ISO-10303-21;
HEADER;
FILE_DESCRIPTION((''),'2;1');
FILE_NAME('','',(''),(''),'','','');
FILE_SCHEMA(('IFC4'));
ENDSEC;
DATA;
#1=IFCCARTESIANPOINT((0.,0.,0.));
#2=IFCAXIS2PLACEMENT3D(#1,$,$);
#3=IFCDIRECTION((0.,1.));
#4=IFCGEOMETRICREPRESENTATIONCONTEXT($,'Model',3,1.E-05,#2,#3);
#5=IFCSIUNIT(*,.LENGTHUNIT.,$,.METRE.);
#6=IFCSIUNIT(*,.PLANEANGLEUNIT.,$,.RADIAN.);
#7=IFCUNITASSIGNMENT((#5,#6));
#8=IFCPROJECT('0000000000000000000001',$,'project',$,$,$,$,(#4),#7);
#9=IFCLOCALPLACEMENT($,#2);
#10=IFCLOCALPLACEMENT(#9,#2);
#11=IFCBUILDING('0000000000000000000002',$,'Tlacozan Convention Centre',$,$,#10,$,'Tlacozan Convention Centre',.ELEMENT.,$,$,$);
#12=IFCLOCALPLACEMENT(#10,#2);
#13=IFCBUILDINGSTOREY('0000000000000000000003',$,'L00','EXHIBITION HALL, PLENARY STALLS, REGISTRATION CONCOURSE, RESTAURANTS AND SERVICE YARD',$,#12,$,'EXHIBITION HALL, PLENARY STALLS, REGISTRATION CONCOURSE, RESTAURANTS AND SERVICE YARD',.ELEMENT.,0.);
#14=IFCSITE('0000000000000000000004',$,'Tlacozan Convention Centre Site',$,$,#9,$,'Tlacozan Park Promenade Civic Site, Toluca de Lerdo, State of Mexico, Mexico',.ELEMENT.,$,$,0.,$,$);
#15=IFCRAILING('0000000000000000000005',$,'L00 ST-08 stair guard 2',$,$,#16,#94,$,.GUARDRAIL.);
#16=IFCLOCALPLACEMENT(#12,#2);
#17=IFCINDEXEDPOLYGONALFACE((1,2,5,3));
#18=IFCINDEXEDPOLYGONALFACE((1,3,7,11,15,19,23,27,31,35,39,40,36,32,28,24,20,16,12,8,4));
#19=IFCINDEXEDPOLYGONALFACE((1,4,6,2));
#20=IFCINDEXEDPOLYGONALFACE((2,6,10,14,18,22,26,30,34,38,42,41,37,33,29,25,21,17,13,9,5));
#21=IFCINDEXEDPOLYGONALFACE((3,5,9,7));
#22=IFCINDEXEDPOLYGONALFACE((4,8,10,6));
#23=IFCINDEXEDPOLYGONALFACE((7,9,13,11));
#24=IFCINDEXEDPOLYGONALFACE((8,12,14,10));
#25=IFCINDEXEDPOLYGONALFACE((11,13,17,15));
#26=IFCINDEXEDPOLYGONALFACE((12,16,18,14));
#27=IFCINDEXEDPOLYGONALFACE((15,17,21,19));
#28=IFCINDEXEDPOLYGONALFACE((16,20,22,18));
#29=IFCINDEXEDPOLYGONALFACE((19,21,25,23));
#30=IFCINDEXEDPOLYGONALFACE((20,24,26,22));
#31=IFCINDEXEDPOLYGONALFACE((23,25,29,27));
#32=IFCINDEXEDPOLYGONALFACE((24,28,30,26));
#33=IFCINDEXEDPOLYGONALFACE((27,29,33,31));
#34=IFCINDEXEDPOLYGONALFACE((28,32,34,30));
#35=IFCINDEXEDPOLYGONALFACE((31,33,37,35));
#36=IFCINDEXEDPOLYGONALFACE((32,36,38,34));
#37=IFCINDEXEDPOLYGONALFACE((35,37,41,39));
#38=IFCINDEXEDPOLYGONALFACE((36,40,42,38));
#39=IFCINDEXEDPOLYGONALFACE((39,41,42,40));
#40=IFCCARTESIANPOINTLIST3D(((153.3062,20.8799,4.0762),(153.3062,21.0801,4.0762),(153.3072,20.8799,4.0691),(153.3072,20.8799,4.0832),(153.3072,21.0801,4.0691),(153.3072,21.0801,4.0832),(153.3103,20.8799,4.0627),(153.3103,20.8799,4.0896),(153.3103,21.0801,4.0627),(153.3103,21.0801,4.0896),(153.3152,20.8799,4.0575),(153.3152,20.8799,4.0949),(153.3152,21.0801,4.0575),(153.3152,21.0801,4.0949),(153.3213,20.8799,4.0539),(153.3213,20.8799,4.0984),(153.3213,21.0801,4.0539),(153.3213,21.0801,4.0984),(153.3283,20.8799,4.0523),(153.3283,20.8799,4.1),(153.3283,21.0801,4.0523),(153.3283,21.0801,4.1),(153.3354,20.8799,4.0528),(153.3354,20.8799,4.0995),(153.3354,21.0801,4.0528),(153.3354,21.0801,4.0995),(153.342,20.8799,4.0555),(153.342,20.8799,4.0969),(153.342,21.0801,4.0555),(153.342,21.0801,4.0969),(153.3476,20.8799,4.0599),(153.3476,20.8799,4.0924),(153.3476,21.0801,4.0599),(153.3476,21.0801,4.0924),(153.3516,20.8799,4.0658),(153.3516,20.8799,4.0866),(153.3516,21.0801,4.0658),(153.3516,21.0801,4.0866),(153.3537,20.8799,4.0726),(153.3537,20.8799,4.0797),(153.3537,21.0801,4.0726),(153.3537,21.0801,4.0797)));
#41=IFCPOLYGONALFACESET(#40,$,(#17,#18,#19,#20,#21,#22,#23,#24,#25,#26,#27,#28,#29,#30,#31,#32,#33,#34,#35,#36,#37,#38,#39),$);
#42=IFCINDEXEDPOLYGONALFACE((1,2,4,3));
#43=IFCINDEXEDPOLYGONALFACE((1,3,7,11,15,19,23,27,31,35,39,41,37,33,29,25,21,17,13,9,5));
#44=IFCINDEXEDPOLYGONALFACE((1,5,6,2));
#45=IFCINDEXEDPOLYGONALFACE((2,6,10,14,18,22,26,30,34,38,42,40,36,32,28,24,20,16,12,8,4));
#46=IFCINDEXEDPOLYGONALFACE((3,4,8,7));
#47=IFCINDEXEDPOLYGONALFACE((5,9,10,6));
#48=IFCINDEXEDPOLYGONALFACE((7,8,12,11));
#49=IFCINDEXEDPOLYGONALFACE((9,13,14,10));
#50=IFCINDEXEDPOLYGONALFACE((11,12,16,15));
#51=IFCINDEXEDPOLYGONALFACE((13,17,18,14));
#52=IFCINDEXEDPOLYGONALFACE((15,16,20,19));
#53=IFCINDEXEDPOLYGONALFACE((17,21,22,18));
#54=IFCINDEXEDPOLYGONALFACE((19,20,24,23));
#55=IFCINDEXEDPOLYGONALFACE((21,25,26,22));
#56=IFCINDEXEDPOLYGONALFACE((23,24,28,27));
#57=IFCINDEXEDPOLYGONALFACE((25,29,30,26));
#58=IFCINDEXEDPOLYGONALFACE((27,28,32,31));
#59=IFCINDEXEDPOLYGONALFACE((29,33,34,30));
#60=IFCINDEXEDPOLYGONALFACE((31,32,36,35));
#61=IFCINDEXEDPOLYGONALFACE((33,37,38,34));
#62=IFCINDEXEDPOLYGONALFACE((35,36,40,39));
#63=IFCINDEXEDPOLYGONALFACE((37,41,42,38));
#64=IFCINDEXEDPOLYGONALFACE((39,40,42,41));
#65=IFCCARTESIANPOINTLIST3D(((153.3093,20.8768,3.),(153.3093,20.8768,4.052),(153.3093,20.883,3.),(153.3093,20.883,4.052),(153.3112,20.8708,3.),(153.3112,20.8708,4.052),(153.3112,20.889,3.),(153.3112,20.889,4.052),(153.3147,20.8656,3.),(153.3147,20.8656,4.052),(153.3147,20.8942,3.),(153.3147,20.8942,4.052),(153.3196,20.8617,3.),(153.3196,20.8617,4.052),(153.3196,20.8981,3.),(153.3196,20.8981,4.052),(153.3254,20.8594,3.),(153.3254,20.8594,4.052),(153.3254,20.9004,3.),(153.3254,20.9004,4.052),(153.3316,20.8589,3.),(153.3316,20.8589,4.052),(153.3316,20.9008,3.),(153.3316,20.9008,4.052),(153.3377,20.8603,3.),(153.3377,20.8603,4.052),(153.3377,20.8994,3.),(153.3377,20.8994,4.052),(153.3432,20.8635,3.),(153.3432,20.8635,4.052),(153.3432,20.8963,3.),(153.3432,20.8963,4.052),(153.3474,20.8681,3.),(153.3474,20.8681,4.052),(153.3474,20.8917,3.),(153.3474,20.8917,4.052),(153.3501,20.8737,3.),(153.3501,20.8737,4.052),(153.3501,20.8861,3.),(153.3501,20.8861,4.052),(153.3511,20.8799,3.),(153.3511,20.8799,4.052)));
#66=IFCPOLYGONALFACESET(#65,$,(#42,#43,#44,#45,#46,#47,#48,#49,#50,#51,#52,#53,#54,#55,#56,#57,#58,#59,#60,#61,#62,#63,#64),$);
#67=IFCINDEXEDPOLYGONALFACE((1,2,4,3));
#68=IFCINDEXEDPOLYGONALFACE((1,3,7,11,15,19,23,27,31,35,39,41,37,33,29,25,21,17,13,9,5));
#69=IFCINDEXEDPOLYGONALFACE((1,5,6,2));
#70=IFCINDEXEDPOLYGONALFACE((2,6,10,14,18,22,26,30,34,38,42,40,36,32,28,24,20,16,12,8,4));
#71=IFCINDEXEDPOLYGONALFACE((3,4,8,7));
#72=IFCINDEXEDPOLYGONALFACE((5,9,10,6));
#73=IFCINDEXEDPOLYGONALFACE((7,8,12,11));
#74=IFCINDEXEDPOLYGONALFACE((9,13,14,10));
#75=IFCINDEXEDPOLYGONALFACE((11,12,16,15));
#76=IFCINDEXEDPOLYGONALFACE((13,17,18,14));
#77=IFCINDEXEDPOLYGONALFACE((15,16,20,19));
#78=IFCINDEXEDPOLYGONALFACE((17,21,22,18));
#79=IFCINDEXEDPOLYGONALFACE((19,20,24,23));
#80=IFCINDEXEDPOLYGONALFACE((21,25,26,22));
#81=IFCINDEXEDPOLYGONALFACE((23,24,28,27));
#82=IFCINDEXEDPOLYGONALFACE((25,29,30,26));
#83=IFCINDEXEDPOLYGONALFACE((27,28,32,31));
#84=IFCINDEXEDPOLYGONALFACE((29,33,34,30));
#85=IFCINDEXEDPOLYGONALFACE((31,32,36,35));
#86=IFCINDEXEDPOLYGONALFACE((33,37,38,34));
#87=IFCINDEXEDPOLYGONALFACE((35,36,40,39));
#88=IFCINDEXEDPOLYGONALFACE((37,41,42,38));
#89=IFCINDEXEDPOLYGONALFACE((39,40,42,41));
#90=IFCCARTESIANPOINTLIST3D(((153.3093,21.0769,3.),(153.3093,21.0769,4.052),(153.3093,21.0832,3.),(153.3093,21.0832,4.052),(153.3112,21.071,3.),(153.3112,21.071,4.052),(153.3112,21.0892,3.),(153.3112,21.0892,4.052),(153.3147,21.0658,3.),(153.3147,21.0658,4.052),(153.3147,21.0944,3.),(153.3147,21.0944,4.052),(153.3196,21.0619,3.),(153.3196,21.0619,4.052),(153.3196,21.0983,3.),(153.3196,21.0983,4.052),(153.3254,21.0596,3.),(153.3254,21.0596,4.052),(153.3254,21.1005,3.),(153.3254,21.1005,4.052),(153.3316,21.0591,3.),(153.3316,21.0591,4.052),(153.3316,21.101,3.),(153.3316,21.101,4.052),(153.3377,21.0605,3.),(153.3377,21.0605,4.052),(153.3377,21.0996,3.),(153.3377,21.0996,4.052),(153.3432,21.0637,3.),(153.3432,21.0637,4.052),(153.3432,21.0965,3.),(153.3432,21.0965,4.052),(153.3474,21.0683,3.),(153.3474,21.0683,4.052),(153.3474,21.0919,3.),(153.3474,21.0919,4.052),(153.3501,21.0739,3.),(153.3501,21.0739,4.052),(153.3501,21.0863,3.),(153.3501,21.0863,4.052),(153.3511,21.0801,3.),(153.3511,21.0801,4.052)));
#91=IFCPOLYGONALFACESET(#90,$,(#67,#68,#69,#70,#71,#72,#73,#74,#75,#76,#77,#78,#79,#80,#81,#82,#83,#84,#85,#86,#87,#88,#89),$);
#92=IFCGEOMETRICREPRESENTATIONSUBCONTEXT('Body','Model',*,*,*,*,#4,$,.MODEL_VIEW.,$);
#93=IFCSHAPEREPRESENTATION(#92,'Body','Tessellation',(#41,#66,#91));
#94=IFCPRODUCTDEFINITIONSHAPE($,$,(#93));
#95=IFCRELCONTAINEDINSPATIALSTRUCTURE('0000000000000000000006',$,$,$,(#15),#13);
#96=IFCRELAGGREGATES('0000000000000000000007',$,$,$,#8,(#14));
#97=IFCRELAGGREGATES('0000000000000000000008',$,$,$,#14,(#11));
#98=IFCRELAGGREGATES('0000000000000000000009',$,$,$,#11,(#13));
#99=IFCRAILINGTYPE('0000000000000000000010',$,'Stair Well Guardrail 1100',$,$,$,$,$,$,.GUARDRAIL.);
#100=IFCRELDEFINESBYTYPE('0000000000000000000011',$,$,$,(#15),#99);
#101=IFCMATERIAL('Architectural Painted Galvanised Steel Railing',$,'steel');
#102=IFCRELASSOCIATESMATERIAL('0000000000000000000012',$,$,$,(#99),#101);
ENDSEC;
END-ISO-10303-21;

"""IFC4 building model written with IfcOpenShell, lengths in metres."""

from ifc_helpers import new_model, si_unit, direction, frame, origin, origin_2d, place, context, subcontext, project, spatial, circle, extrude, material, type_object, element, save


model = new_model("IFC4")

# Units and contexts
model_context = context("Model", 3, precision=1e-05, world=origin(), true_north=direction((0.0, 1.0)))
body_context = subcontext(model_context, "Body", "Model", "MODEL_VIEW")
ifc_project = project(units=[si_unit("LENGTHUNIT", "METRE"), si_unit("PLANEANGLEUNIT", "RADIAN")], contexts=[model_context])

# Site, building, storey
site_placement = place(None, origin())
site = spatial("IfcSite", under=ifc_project, at=site_placement, Name="Tlacozan Convention Centre Site", LongName="Tlacozan Park Promenade Civic Site, Toluca de Lerdo, State of Mexico, Mexico", CompositionType="ELEMENT", RefElevation=0.0)
building_placement = place(site_placement, origin())
building = spatial("IfcBuilding", under=site, at=building_placement, Name="Tlacozan Convention Centre", LongName="Tlacozan Convention Centre", CompositionType="ELEMENT")
storey_placement = place(building_placement, origin())
storey = spatial("IfcBuildingStorey", under=building, at=storey_placement, Name="L00", Description="EXHIBITION HALL, PLENARY STALLS, REGISTRATION CONCOURSE, RESTAURANTS AND SERVICE YARD", LongName="EXHIBITION HALL, PLENARY STALLS, REGISTRATION CONCOURSE, RESTAURANTS AND SERVICE YARD", CompositionType="ELEMENT", Elevation=0.0)

# Railing
ifc_material_1 = material(Name="Architectural Painted Galvanised Steel Railing", Category="steel")
railing_type_1 = type_object("IfcRailingType", Name="Stair Well Guardrail 1100", PredefinedType="GUARDRAIL", material=ifc_material_1)
railing_1_placement = place(storey_placement, frame((153.3301, 20.8799, 3.0)))
element("IfcRailing", 1, at=railing_1_placement, inside=storey, type_object=railing_type_1, Name="L00 ST-08 stair guard 2", PredefinedType="GUARDRAIL", context=body_context, shape_type="SweptSolid", body=[
    extrude(circle(Radius=0.0239, at=origin_2d()), frame((0.0, 0.0, 1.0762), z_axis=(0.0, 1.0, 0.0), x_axis=(-1.0, 0.0, 0.0)), (0.0, 0.0, 1.0), 0.2002),
    extrude(circle(Radius=0.021, at=origin_2d()), origin(), (0.0, 0.0, 1.0), 1.052),
    extrude(circle(Radius=0.021, at=origin_2d()), frame((0.0, 0.2002, 0.0)), (0.0, 0.0, 1.0), 1.052),
])

save(model, "model.ifc")
